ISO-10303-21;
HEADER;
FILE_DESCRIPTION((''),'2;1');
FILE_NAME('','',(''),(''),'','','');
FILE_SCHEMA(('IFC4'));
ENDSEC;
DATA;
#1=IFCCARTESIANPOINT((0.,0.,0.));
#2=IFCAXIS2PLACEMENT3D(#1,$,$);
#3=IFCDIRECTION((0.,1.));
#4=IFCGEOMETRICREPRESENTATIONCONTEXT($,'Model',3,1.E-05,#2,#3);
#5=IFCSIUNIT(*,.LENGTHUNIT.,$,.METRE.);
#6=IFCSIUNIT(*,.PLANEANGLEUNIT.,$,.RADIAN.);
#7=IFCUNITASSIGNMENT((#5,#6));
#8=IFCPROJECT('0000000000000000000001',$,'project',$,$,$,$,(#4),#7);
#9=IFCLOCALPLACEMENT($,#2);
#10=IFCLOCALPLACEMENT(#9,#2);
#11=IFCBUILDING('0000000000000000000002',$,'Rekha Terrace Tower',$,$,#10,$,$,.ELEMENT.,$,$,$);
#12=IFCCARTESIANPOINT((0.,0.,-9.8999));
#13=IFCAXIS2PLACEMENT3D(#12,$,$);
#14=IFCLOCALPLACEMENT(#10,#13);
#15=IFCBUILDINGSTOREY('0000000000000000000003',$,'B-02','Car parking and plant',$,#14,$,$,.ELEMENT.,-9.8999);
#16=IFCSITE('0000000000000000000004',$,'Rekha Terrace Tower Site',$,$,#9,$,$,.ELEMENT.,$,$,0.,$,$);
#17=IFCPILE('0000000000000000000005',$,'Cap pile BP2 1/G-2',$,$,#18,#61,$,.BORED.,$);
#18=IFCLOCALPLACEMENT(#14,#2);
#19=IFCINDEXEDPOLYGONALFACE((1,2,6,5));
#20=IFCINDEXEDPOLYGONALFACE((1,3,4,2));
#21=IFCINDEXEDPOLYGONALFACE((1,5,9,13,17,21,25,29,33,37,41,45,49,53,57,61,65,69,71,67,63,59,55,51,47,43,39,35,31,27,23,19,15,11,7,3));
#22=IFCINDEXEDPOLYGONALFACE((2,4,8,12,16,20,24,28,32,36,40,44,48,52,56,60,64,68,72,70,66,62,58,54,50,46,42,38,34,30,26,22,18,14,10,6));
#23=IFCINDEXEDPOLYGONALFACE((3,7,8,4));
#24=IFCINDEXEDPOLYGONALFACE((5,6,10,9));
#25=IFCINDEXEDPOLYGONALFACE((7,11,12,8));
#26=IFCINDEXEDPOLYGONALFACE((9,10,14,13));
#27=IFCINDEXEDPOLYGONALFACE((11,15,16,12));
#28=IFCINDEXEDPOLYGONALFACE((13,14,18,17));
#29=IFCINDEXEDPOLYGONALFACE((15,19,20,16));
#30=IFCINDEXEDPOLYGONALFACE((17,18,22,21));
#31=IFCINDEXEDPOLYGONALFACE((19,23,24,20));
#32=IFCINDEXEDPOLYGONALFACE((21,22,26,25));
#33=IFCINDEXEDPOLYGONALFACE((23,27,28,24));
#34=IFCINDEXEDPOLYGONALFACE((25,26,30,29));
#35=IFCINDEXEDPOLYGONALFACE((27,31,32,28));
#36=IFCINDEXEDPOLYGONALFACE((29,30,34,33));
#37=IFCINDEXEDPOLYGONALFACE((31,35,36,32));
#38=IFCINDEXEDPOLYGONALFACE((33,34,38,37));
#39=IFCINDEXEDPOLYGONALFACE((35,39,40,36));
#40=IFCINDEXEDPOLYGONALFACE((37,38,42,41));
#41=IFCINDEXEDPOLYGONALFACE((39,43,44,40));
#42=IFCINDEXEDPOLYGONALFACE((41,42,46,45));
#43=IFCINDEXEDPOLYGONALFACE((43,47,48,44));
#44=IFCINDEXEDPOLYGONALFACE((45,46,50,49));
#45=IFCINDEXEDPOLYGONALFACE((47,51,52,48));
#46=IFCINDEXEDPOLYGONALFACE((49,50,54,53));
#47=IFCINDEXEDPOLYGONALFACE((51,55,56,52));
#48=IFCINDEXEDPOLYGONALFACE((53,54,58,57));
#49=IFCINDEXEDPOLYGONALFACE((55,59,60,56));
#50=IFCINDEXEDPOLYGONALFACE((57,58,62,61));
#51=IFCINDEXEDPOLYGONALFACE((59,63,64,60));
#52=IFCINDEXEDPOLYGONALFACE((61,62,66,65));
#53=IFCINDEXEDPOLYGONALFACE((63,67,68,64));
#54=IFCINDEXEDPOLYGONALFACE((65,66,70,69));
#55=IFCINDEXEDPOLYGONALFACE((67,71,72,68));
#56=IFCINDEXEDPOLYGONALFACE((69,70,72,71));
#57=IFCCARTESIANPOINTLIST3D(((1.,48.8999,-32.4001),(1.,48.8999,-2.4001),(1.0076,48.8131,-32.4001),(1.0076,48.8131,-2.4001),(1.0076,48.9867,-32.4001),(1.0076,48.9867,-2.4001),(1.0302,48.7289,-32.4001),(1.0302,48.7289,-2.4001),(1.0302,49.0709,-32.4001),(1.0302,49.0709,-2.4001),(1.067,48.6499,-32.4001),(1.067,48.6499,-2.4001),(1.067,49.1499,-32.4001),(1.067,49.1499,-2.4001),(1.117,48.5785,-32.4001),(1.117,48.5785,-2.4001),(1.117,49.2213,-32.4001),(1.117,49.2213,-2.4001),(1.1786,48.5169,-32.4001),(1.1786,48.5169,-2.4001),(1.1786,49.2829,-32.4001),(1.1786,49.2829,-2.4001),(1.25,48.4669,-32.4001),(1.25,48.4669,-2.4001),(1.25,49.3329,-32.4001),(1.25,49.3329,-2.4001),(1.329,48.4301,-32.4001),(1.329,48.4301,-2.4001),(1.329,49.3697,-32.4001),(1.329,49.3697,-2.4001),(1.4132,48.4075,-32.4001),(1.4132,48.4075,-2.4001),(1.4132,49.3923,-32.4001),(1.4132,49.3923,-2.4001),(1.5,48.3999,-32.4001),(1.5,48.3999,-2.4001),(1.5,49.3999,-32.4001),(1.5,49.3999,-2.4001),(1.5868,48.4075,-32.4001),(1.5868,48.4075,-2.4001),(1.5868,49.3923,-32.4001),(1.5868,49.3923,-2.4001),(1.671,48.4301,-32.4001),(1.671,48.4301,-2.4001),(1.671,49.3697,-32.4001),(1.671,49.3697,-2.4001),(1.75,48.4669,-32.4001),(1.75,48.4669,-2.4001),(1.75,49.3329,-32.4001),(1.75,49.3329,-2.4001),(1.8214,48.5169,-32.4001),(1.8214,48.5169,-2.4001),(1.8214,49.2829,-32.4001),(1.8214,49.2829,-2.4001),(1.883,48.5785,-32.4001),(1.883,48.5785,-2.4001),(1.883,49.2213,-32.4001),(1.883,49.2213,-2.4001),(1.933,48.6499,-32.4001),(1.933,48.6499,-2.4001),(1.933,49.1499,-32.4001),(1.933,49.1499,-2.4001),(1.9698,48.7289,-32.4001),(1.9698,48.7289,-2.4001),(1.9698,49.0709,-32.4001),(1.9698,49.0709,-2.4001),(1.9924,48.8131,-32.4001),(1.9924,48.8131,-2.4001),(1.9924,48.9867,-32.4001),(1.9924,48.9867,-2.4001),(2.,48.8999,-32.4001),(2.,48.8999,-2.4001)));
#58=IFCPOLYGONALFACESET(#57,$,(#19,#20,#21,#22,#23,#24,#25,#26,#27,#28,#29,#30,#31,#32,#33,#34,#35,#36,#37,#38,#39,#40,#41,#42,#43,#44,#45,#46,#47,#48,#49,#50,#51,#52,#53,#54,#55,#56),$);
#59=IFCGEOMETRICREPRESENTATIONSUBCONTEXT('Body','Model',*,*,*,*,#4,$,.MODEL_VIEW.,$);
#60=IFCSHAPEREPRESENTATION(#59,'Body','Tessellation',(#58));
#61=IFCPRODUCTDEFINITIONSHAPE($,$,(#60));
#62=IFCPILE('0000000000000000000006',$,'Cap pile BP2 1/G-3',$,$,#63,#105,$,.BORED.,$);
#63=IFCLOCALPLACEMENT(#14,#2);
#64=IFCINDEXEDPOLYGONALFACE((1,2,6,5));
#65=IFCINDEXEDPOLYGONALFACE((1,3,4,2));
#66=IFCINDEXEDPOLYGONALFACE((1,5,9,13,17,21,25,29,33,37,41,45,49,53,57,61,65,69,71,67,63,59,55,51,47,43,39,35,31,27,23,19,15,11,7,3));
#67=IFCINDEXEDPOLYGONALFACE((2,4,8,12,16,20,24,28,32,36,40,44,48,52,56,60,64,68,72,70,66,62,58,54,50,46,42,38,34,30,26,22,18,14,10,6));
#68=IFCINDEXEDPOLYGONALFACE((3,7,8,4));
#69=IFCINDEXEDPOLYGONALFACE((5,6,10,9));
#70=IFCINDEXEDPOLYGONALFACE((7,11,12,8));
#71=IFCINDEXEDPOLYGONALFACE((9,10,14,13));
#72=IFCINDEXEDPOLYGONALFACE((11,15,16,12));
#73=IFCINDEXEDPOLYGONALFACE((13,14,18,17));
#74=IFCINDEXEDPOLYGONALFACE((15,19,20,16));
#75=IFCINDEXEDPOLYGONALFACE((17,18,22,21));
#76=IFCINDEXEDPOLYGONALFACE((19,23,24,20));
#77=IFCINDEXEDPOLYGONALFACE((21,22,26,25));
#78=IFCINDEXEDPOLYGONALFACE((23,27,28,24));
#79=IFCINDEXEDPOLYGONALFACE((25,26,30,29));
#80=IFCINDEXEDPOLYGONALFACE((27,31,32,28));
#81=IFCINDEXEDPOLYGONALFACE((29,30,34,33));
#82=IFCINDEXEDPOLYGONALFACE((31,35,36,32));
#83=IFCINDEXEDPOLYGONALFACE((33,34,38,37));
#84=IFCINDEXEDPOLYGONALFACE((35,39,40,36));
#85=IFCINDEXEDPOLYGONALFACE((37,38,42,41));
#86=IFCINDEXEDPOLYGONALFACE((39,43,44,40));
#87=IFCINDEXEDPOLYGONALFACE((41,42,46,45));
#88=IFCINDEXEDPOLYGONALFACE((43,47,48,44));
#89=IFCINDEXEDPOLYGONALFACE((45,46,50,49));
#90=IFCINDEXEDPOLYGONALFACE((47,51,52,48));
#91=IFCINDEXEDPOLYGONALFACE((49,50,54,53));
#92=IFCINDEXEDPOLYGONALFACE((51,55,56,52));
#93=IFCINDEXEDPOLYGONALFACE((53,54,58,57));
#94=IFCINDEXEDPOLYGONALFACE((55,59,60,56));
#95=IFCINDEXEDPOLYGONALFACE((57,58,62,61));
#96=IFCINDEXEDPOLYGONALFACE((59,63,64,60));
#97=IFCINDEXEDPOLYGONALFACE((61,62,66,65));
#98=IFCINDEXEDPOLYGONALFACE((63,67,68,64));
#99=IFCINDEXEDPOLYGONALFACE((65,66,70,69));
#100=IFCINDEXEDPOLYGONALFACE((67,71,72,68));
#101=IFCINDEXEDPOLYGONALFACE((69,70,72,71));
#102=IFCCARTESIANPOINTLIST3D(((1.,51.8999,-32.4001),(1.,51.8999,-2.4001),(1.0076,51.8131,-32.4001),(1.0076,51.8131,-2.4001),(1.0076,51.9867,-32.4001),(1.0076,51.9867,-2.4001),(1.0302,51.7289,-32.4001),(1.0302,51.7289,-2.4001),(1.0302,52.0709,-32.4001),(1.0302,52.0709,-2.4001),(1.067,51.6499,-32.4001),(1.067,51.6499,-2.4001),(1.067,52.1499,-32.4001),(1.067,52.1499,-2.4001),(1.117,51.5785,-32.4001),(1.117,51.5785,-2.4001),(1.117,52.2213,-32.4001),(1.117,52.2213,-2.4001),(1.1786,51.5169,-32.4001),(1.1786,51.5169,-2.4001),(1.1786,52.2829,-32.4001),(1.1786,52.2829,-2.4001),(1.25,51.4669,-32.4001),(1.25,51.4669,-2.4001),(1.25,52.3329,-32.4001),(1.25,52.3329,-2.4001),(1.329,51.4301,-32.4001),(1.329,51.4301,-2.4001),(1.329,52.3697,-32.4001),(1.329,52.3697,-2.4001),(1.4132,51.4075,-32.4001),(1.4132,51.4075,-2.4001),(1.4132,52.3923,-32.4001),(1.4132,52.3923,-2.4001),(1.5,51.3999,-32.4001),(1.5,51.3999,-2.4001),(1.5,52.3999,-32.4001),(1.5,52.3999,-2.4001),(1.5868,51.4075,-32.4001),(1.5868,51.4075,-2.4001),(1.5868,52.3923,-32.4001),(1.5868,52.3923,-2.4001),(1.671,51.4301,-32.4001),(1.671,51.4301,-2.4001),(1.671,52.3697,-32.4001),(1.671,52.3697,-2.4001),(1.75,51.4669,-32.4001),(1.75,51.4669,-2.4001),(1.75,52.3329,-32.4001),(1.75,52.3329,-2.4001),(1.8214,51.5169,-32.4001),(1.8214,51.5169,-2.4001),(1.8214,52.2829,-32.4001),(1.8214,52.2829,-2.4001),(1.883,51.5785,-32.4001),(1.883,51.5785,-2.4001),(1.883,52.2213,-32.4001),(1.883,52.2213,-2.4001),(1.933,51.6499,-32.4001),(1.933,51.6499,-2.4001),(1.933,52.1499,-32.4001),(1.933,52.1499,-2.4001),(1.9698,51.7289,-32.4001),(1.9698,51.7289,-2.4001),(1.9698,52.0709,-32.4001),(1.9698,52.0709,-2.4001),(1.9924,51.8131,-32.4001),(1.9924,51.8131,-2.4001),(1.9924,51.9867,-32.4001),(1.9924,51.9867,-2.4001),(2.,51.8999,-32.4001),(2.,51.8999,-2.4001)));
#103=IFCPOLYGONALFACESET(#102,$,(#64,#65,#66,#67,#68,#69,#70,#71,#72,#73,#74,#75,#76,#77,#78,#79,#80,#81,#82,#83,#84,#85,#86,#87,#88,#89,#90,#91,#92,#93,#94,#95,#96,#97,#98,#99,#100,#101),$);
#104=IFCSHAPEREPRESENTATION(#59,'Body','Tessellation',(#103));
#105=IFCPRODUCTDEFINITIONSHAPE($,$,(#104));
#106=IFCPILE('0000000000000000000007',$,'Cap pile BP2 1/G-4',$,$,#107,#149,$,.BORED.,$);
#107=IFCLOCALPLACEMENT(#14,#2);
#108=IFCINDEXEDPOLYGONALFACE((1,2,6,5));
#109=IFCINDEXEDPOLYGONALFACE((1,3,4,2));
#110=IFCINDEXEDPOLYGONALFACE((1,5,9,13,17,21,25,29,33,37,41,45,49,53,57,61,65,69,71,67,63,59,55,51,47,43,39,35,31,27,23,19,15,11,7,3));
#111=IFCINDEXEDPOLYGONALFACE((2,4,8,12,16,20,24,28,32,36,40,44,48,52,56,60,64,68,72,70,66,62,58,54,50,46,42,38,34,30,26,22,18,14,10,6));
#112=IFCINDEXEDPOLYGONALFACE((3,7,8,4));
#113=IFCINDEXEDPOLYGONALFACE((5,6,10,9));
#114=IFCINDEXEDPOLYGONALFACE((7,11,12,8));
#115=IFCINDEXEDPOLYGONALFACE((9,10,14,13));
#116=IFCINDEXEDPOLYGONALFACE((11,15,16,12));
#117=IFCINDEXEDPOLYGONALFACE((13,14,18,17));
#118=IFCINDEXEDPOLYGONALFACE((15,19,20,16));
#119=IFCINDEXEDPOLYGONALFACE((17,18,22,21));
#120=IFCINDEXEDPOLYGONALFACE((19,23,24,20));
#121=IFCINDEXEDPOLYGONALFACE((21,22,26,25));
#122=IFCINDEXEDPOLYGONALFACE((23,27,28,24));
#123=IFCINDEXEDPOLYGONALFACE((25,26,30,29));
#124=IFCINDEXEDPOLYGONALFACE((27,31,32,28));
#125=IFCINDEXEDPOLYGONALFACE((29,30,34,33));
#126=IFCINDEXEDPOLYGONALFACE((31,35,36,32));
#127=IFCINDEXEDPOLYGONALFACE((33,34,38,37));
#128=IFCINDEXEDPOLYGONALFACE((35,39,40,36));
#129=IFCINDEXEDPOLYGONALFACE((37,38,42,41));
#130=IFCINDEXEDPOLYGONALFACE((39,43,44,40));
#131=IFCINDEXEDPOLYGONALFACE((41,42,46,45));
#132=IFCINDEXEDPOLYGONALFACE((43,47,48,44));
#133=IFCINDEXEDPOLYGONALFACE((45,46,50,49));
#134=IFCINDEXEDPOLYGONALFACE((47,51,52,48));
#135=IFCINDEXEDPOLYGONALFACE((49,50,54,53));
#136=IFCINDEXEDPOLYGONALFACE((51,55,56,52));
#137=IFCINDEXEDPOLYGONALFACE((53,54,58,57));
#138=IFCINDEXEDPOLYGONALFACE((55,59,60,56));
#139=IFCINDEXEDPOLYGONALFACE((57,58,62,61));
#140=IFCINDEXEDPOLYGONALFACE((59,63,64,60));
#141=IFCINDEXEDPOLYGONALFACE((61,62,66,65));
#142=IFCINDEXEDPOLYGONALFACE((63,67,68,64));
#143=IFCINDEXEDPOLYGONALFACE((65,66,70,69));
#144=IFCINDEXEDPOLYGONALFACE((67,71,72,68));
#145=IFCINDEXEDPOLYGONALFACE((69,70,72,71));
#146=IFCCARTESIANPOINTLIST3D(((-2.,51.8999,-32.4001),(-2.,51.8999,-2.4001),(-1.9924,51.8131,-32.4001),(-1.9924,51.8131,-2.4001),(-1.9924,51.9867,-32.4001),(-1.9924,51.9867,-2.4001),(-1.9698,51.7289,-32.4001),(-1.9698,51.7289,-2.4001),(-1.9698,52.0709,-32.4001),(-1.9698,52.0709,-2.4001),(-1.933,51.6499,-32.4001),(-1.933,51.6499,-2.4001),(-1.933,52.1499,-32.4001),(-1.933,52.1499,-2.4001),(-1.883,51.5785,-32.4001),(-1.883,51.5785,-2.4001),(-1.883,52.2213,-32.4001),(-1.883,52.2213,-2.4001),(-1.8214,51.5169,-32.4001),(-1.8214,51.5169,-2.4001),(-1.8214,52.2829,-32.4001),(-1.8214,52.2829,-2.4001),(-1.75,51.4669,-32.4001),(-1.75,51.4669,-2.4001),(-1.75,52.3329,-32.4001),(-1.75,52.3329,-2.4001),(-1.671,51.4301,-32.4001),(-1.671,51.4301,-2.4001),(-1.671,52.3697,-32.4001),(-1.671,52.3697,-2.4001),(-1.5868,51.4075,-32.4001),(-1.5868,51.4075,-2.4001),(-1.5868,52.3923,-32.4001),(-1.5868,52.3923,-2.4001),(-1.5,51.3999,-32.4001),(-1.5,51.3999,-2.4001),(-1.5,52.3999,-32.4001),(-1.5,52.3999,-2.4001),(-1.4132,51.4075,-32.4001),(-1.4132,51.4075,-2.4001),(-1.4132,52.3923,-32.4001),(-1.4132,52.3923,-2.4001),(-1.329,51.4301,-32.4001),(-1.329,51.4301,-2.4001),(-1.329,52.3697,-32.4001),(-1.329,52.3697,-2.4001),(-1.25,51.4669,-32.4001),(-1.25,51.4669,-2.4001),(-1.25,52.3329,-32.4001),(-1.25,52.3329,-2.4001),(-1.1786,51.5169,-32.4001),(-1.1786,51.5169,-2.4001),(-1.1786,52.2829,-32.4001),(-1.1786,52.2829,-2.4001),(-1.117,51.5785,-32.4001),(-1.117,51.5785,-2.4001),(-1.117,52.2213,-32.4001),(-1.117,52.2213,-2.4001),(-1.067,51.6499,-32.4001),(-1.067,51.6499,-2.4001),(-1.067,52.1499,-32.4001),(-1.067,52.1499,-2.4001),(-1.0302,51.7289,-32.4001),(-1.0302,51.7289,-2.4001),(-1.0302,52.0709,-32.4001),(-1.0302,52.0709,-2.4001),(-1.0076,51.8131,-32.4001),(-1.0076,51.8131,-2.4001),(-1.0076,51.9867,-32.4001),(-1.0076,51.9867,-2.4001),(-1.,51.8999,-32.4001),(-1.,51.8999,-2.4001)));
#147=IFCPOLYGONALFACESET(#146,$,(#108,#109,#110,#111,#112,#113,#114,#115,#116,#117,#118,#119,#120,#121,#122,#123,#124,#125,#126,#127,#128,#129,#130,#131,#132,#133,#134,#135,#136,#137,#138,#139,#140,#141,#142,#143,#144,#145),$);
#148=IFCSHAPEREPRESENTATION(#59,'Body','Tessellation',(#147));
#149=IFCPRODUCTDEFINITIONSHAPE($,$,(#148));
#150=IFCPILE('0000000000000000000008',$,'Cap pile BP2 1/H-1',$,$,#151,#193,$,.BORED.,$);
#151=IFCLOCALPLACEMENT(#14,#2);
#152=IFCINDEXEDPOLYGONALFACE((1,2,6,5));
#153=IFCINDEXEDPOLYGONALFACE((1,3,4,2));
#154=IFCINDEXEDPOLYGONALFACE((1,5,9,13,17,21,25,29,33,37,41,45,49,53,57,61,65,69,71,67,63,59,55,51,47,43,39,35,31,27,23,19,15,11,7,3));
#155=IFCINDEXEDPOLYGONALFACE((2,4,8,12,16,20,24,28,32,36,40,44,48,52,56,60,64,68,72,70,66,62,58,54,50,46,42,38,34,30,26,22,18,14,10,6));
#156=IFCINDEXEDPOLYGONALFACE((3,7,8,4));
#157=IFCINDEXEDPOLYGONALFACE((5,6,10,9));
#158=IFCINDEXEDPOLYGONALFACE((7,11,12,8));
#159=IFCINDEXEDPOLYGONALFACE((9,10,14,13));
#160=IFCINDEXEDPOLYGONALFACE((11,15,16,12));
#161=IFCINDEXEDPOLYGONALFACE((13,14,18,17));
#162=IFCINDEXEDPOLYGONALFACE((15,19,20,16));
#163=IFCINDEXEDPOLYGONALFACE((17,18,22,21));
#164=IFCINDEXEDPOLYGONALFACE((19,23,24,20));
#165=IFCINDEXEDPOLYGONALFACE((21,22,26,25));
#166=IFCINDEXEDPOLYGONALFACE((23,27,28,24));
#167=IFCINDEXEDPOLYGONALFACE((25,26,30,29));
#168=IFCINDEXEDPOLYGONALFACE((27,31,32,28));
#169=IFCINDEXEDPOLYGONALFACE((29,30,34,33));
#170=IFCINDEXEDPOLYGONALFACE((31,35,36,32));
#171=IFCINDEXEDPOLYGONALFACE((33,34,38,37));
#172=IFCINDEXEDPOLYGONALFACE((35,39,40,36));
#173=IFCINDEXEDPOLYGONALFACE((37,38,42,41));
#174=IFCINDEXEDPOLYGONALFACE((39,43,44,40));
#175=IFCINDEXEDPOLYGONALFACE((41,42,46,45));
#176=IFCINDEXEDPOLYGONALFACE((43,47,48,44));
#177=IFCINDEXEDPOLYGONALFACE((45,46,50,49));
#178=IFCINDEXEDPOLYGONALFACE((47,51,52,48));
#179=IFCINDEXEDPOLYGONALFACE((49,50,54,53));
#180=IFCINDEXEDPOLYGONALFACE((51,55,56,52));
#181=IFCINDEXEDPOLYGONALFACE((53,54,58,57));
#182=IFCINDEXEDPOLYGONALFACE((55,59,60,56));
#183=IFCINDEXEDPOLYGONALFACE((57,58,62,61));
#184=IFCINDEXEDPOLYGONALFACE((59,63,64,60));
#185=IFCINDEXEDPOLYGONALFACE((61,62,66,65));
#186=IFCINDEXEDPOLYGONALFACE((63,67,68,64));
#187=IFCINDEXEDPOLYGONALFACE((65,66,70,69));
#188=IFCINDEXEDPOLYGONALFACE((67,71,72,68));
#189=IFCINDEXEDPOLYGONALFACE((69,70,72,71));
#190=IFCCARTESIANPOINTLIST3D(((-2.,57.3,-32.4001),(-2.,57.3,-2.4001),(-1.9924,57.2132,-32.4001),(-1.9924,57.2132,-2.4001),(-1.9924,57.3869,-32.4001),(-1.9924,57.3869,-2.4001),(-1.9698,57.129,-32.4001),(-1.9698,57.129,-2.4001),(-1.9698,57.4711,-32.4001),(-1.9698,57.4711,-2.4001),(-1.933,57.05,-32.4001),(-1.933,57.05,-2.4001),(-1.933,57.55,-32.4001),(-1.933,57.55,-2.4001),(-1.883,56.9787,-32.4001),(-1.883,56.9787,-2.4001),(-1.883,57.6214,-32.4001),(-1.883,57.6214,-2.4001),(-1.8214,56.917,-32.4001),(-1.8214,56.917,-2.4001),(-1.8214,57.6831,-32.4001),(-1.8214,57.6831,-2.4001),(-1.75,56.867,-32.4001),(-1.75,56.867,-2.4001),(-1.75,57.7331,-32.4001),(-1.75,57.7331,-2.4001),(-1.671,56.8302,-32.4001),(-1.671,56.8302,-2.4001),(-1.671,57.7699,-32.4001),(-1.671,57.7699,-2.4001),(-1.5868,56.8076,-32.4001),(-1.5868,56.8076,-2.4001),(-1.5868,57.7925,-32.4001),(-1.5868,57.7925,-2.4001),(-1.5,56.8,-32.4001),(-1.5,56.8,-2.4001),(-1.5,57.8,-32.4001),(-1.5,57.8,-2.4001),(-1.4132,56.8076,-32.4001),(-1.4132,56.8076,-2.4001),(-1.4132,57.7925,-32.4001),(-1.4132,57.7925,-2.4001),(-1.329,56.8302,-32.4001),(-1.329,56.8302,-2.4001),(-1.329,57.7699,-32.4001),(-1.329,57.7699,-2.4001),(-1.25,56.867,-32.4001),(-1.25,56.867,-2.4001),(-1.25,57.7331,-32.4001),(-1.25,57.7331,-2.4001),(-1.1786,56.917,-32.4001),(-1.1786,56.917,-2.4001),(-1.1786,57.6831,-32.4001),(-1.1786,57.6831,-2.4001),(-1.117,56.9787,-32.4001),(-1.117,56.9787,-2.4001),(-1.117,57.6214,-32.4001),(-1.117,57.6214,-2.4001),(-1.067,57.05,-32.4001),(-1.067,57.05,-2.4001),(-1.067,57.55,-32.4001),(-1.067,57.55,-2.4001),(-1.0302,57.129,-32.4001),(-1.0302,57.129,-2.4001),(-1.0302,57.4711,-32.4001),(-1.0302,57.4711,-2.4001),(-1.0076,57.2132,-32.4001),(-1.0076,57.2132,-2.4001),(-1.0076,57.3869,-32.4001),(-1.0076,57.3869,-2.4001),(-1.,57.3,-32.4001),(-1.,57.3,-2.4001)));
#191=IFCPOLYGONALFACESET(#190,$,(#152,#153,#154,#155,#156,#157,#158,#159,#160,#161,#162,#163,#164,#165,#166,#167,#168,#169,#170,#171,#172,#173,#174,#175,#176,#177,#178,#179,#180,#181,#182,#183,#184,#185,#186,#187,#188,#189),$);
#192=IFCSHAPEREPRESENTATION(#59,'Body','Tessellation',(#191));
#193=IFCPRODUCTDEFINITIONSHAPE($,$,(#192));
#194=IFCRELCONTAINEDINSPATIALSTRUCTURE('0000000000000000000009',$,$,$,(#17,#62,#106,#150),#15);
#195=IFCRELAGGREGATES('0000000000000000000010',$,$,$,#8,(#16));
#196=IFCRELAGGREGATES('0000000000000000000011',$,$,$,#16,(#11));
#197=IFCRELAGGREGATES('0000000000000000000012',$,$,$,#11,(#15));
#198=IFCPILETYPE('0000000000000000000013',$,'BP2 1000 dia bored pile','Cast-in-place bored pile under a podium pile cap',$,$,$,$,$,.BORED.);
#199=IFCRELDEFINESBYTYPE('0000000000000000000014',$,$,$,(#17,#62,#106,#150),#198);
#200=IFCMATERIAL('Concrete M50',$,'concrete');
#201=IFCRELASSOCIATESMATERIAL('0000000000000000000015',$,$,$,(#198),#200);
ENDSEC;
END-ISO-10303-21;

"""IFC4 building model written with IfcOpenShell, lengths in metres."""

from ifc_helpers import new_model, si_unit, direction, frame, origin, origin_2d, place, context, subcontext, project, spatial, circle, extrude, material, type_object, element, save


model = new_model("IFC4")

# Units and contexts
model_context = context("Model", 3, precision=1e-05, world=origin(), true_north=direction((0.0, 1.0)))
body_context = subcontext(model_context, "Body", "Model", "MODEL_VIEW")
ifc_project = project(units=[si_unit("LENGTHUNIT", "METRE"), si_unit("PLANEANGLEUNIT", "RADIAN")], contexts=[model_context])

# Site, building, storey
site_placement = place(None, origin())
site = spatial("IfcSite", under=ifc_project, at=site_placement, Name="Rekha Terrace Tower Site", CompositionType="ELEMENT", RefElevation=0.0)
building_placement = place(site_placement, origin())
building = spatial("IfcBuilding", under=site, at=building_placement, Name="Rekha Terrace Tower", CompositionType="ELEMENT")
storey_placement = place(building_placement, frame((0.0, 0.0, -9.8999)))
storey = spatial("IfcBuildingStorey", under=building, at=storey_placement, Name="B-02", Description="Car parking and plant", CompositionType="ELEMENT", Elevation=-9.8999)

# Piles
ifc_material_1 = material(Name="Concrete M50", Category="concrete")
pile_type_1 = type_object("IfcPileType", Name="BP2 1000 dia bored pile", Description="Cast-in-place bored pile under a podium pile cap", PredefinedType="BORED", material=ifc_material_1)
for number, where, z_axis, x_axis, name in (
    (1, (1.5, 48.8999, -2.4001), (0.0, 0.0, -1.0), (1.0, 0.0, 0.0), "Cap pile BP2 1/G-2"),
    (2, (1.5, 51.8999, -2.4001), (0.0, 0.0, -1.0), (1.0, 0.0, 0.0), "Cap pile BP2 1/G-3"),
    (3, (-1.5, 51.8999, -2.4001), (0.0, 0.0, -1.0), (1.0, 0.0, 0.0), "Cap pile BP2 1/G-4"),
    (4, (-1.5, 57.3, -2.4001), (0.0, 0.0, -1.0), (1.0, 0.0, 0.0), "Cap pile BP2 1/H-1"),
):
    element("IfcPile", number, at=place(storey_placement, frame(where, z_axis=z_axis, x_axis=x_axis)), inside=storey, type_object=pile_type_1, Name=name, PredefinedType="BORED", context=body_context, shape_type="SweptSolid", body=[
        extrude(circle(Radius=0.5, at=origin_2d()), origin(), (0.0, 0.0, 1.0), 30.0),
    ])

save(model, "model.ifc")
